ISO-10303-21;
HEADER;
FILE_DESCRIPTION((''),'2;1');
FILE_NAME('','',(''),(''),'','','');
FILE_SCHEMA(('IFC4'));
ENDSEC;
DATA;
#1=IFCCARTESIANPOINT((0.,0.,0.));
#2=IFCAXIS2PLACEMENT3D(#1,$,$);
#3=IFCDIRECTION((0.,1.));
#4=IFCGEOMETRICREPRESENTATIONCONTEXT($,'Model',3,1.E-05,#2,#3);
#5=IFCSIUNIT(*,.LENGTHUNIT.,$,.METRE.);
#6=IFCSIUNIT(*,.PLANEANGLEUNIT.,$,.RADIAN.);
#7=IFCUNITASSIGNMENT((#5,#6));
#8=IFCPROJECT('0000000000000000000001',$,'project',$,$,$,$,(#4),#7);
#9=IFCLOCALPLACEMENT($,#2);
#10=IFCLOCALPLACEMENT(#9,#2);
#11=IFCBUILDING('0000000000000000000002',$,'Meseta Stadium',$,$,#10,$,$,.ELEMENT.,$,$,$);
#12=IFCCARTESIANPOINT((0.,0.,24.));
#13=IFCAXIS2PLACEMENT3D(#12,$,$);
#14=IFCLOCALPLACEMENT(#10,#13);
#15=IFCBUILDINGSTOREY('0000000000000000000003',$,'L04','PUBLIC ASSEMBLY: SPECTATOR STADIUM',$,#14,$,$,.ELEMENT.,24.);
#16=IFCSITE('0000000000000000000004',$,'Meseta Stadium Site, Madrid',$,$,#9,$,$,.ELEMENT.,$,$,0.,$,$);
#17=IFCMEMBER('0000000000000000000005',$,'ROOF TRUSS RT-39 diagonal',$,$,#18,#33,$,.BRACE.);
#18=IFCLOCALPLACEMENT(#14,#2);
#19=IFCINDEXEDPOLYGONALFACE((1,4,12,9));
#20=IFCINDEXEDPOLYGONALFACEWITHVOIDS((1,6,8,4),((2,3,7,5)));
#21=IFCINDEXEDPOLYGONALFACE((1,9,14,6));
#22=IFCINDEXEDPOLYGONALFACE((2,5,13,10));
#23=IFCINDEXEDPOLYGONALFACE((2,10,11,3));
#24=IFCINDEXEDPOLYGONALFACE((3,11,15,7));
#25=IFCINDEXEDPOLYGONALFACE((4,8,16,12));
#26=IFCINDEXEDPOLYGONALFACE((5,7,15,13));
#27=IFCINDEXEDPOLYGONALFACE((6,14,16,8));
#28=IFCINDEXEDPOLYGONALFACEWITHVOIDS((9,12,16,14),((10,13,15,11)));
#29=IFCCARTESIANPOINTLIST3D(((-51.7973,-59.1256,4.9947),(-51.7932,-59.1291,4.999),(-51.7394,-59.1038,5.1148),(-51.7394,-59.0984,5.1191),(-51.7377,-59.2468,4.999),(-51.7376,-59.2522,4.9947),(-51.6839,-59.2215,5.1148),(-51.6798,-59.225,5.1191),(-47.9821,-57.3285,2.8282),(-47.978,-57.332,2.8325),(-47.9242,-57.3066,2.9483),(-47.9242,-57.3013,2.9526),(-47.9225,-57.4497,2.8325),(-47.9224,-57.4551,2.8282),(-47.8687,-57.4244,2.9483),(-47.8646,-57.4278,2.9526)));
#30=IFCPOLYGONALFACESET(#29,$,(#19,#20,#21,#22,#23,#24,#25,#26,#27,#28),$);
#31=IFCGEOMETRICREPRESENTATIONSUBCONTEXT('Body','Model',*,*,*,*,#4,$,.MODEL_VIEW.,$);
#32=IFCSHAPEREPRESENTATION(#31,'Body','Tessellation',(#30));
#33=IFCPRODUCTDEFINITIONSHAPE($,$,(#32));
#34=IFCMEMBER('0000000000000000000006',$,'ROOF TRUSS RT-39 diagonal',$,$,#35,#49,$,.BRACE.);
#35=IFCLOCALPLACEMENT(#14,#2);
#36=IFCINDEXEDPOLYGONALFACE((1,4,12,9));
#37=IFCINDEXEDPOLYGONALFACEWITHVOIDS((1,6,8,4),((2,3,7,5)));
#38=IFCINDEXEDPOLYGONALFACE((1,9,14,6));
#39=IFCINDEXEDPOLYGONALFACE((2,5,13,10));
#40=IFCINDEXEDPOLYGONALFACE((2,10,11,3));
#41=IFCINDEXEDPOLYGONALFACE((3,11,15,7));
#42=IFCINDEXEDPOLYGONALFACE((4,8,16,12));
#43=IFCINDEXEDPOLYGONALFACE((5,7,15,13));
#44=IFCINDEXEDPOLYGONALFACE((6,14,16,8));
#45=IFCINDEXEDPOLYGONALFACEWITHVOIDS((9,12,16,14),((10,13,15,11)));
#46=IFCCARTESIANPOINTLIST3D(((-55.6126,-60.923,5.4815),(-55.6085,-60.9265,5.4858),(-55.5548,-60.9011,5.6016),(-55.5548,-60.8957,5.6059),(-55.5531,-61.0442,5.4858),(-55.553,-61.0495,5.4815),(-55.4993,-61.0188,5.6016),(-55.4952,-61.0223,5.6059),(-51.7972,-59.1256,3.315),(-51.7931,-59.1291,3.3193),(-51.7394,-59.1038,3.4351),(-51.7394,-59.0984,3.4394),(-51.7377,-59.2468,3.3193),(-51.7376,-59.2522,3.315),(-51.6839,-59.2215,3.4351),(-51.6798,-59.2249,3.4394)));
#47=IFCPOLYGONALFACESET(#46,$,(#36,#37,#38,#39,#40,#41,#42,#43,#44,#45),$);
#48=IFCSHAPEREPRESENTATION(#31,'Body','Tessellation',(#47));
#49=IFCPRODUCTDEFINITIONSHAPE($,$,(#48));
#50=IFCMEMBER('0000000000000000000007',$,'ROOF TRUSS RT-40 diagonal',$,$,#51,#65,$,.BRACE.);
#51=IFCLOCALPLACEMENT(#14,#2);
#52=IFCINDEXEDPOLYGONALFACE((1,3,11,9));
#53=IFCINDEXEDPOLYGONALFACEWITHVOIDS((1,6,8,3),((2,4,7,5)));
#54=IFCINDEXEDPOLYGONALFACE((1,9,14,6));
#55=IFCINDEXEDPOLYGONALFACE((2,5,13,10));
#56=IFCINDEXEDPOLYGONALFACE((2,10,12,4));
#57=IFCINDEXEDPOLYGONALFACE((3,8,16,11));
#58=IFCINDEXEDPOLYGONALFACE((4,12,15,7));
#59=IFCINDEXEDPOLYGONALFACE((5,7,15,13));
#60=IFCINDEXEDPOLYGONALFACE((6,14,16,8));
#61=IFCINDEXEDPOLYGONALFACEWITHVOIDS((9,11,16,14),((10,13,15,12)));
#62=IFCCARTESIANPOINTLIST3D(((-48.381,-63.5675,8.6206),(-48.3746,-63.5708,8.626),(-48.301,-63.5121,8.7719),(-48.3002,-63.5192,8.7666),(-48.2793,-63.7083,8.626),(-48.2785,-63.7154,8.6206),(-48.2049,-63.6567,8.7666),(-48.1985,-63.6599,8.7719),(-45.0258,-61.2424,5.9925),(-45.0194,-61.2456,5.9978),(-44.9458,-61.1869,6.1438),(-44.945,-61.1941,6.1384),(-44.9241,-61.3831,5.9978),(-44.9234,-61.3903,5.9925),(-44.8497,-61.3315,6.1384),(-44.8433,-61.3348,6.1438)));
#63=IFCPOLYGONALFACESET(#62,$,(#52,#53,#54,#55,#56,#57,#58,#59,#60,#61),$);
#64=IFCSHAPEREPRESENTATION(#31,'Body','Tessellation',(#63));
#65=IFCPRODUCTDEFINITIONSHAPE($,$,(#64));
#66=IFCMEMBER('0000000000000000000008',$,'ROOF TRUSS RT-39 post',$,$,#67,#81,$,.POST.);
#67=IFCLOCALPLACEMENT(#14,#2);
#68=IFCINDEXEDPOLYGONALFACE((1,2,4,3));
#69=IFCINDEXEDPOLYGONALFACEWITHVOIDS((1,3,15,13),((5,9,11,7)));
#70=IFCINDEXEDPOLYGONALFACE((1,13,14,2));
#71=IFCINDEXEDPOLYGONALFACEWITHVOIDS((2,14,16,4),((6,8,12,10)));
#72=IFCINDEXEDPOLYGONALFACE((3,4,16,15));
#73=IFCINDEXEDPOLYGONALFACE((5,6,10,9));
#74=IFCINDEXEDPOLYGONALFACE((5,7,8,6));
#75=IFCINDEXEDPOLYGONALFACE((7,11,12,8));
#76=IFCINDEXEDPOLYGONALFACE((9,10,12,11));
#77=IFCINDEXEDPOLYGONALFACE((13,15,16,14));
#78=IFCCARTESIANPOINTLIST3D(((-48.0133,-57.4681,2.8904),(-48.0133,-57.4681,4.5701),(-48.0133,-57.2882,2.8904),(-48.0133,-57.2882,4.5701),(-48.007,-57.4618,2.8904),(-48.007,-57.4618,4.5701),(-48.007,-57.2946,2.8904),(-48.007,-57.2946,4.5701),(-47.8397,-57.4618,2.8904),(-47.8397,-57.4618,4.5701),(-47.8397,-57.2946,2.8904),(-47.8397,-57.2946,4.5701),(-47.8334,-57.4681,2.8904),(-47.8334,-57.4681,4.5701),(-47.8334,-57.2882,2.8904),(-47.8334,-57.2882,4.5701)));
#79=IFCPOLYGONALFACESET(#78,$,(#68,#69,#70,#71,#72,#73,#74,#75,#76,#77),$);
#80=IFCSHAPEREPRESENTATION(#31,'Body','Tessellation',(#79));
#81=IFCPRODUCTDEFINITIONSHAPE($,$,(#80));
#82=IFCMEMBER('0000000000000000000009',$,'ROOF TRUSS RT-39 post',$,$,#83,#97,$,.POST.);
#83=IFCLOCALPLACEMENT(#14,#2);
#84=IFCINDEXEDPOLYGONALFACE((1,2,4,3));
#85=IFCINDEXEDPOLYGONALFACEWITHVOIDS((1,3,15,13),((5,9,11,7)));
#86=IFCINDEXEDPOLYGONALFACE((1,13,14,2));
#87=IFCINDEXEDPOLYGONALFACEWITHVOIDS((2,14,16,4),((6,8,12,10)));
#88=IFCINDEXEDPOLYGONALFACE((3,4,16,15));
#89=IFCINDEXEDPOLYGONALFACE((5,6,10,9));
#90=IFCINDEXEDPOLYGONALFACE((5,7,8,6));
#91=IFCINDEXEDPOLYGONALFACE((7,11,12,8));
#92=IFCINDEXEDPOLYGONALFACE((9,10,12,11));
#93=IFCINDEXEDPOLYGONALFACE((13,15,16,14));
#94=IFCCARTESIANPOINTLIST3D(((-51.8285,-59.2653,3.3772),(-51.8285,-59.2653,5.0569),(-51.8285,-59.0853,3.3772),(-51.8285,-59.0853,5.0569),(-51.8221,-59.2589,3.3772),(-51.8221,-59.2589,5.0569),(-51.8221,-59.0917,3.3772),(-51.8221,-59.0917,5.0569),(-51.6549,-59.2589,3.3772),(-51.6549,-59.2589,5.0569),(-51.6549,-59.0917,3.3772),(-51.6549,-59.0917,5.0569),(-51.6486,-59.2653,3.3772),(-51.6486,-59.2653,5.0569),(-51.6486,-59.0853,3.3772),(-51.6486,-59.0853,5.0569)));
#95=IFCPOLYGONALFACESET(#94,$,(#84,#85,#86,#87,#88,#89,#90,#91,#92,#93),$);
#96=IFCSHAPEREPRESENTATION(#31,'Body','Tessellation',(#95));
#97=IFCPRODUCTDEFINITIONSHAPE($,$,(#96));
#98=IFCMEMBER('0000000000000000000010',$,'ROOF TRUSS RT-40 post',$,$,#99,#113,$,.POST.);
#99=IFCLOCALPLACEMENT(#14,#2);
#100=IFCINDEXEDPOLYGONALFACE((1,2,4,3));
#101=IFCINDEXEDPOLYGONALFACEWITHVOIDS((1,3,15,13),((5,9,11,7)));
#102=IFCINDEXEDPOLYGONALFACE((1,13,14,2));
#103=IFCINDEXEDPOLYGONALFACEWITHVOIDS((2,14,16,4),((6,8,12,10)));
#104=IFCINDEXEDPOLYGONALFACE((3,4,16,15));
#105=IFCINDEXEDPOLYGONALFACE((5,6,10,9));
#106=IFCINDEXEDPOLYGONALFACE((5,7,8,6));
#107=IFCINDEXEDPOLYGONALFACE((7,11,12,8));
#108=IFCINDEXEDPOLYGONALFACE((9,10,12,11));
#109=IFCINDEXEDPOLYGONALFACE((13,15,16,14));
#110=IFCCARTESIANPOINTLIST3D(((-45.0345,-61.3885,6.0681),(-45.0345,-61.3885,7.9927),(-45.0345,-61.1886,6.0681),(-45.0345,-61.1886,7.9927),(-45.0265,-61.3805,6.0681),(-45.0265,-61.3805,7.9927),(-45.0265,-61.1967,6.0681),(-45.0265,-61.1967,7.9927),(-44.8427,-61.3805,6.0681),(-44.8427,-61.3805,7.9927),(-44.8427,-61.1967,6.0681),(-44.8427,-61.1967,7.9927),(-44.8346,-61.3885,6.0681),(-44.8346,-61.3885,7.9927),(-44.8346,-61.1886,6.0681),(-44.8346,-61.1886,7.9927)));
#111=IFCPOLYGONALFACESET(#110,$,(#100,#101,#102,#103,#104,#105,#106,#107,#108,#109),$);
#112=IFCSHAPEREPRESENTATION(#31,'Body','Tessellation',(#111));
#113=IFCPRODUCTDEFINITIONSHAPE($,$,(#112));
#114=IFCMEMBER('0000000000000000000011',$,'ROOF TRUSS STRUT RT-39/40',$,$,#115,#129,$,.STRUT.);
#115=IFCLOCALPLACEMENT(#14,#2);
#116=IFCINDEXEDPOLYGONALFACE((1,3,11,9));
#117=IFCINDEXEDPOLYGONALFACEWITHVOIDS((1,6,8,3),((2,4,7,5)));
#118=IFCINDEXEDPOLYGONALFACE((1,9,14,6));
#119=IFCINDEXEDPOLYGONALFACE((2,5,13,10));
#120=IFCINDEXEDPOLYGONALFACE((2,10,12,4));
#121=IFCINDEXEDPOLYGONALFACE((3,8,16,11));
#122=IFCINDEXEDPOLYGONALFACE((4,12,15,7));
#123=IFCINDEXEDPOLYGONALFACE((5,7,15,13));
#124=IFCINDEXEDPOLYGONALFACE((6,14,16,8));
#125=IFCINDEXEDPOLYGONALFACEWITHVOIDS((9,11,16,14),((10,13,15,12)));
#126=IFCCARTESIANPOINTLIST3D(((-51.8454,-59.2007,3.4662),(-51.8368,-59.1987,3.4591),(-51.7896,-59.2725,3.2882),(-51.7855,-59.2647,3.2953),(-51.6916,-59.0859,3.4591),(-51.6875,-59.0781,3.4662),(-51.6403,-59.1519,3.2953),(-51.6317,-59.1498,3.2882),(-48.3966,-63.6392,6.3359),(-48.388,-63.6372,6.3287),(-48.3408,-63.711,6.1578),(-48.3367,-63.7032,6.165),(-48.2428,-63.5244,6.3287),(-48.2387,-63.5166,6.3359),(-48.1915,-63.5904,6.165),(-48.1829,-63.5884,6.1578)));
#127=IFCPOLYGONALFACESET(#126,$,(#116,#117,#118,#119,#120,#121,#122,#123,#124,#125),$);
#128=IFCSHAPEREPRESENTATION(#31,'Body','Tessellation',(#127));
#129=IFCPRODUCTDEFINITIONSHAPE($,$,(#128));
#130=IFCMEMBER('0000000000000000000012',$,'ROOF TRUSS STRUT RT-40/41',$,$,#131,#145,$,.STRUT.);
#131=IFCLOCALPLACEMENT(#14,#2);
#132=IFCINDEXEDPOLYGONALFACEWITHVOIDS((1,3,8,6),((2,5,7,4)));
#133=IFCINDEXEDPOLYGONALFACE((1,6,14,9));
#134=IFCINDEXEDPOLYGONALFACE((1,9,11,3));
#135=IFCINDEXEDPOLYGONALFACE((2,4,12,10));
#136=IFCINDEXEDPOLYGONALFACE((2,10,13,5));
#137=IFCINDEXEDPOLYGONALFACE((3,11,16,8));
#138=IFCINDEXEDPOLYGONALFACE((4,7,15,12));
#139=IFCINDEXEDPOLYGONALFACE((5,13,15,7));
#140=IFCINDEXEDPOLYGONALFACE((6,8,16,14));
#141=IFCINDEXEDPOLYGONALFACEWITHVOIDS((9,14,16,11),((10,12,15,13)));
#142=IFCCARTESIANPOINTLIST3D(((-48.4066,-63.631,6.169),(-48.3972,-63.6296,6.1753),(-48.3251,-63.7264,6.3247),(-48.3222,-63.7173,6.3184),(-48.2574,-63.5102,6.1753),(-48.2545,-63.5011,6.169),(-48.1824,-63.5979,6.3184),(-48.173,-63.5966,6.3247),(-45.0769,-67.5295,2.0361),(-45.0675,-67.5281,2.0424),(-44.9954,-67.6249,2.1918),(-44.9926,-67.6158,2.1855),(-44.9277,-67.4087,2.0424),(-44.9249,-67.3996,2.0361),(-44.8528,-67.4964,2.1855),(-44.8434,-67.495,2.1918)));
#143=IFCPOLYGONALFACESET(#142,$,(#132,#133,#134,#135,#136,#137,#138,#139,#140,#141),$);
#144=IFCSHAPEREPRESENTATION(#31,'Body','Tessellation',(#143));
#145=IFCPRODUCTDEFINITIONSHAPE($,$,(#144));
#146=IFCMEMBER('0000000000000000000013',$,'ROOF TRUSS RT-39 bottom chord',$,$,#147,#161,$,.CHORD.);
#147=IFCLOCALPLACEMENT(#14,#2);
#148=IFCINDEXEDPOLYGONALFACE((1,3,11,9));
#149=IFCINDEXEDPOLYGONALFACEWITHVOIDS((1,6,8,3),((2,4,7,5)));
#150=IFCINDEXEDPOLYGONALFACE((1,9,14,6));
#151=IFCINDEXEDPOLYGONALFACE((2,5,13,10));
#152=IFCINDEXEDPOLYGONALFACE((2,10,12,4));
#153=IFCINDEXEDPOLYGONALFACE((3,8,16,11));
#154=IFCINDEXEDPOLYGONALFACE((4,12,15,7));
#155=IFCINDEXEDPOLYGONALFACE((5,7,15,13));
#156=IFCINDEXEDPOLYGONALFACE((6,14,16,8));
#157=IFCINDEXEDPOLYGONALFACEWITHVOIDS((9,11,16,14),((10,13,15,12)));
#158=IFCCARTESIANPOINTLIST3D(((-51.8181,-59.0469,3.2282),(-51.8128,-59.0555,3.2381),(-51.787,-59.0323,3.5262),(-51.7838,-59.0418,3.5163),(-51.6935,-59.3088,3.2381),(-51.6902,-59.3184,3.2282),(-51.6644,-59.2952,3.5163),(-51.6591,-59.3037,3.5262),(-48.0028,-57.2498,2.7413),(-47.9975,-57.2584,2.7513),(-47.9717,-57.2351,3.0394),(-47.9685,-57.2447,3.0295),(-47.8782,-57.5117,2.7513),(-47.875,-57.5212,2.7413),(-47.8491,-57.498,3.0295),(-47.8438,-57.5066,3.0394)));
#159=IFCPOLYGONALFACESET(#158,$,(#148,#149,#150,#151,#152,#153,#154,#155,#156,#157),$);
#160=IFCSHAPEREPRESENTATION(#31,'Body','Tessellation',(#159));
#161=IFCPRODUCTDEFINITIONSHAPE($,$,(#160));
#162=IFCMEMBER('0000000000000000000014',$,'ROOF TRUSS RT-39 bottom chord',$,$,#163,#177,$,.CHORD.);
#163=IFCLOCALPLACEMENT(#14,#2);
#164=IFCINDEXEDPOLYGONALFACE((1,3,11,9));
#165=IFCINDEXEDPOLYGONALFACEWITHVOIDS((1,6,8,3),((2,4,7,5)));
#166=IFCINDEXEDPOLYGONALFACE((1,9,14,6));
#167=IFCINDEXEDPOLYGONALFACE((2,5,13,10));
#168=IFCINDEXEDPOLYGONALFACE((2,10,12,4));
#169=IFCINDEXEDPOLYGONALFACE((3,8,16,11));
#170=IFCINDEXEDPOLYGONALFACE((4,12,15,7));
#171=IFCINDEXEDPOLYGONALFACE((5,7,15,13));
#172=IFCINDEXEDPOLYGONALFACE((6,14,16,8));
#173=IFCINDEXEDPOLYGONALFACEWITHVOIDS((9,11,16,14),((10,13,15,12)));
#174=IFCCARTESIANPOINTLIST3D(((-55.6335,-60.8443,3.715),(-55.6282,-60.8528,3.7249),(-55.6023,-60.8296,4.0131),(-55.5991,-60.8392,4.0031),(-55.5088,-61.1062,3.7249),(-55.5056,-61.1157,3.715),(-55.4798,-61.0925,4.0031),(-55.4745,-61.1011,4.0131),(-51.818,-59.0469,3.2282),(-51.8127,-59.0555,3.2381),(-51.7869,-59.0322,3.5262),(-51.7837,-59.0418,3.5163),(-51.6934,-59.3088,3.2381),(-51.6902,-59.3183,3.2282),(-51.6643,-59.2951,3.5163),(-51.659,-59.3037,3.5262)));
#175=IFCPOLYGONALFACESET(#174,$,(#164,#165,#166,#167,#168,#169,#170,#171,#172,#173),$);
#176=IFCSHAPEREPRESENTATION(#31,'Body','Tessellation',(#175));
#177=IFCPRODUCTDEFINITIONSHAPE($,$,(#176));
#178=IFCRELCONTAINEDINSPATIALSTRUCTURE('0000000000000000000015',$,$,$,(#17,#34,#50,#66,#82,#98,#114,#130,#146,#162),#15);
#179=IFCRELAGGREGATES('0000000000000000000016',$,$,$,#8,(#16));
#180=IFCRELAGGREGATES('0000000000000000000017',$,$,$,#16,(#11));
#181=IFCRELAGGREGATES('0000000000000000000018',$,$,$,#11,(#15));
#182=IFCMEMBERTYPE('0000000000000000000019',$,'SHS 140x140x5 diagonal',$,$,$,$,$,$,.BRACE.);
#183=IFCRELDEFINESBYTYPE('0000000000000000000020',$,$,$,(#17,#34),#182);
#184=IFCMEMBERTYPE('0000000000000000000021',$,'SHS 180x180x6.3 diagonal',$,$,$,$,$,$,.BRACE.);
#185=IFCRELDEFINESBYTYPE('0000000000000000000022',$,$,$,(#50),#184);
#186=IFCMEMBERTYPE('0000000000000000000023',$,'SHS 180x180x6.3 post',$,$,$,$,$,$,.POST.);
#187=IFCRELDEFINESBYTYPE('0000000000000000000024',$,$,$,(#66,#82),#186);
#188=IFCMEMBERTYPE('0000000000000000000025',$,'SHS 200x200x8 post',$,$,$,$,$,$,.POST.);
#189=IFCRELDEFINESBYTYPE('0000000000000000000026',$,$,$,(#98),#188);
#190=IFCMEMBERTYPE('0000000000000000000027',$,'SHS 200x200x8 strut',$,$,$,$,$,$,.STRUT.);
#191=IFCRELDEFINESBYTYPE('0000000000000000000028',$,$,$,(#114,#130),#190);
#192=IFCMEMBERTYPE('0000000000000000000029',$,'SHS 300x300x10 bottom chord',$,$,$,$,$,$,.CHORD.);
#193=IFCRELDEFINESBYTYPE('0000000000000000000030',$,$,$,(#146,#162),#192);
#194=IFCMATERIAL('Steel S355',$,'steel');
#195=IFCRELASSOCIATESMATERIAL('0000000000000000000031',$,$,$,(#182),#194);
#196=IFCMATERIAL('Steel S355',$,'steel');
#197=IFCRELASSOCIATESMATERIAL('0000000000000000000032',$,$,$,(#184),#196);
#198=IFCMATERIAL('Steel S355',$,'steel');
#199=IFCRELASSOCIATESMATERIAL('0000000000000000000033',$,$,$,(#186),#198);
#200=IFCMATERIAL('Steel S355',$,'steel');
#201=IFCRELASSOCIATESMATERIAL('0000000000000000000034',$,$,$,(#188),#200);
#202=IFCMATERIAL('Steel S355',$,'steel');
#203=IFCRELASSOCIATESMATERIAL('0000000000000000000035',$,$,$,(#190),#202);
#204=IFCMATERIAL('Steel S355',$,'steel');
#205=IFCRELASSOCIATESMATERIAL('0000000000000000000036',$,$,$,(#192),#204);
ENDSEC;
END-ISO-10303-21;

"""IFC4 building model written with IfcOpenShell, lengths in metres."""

from ifc_helpers import new_model, si_unit, direction, frame, origin, origin_2d, place, context, subcontext, project, spatial, hollow_rectangle, extrude, material, material_profile, profile_set, type_object, element, save


model = new_model("IFC4")

# Units and contexts
model_context = context("Model", 3, precision=1e-05, world=origin(), true_north=direction((0.0, 1.0)))
body_context = subcontext(model_context, "Body", "Model", "MODEL_VIEW")
ifc_project = project(units=[si_unit("LENGTHUNIT", "METRE"), si_unit("PLANEANGLEUNIT", "RADIAN")], contexts=[model_context])

# Site, building, storey
site_placement = place(None, origin())
site = spatial("IfcSite", under=ifc_project, at=site_placement, Name="Meseta Stadium Site, Madrid", CompositionType="ELEMENT", RefElevation=0.0)
building_placement = place(site_placement, origin())
building = spatial("IfcBuilding", under=site, at=building_placement, Name="Meseta Stadium", CompositionType="ELEMENT")
storey_placement = place(building_placement, frame((0.0, 0.0, 24.0)))
storey = spatial("IfcBuildingStorey", under=building, at=storey_placement, Name="L04", Description="PUBLIC ASSEMBLY: SPECTATOR STADIUM", CompositionType="ELEMENT", Elevation=24.0)

# Members
ifc_material_1 = material(Name="Steel S355", Category="steel")
ifc_material_profile_1 = material_profile(ifc_material_1, hollow_rectangle(XDim=0.1399, YDim=0.1399, WallThickness=0.0049, at=origin_2d()), Name="SHS 140x140x5")
ifc_profile_set_1 = profile_set([ifc_material_profile_1], Name="Steel S355")
member_type_1 = type_object("IfcMemberType", Name="SHS 140x140x5 diagonal", PredefinedType="BRACE", material=ifc_profile_set_1)
member_1_placement = place(storey_placement, frame((-47.9233, -57.3782, 2.8904), z_axis=(-0.804687, -0.379043, 0.456952), x_axis=(0.426134, -0.90466, 0.0)))
element("IfcMember", 1, at=member_1_placement, inside=storey, type_object=member_type_1, Name="ROOF TRUSS RT-39 diagonal", PredefinedType="BRACE", context=body_context, shape_type="SweptSolid", body=[
    extrude(hollow_rectangle(XDim=0.1399, YDim=0.1399, WallThickness=0.0049, at=origin_2d()), origin(), (0.0, 0.0, 1.0), 4.7412),
])
member_2_placement = place(storey_placement, frame((-51.7385, -59.1753, 3.3772), z_axis=(-0.804689, -0.379071, 0.456924), x_axis=(0.426159, -0.904648, 0.0)))
element("IfcMember", 2, at=member_2_placement, inside=storey, type_object=member_type_1, Name="ROOF TRUSS RT-39 diagonal", PredefinedType="BRACE", context=body_context, shape_type="SweptSolid", body=[
    extrude(hollow_rectangle(XDim=0.1399, YDim=0.1399, WallThickness=0.0049, at=origin_2d()), origin(), (0.0, 0.0, 1.0), 4.7415),
])
ifc_material_2 = material(Name="Steel S355", Category="steel")
ifc_material_profile_2 = material_profile(ifc_material_2, hollow_rectangle(XDim=0.1799, YDim=0.1799, WallThickness=0.0063, at=origin_2d()), Name="SHS 180x180x6.3")
ifc_profile_set_2 = profile_set([ifc_material_profile_2], Name="Steel S355")
member_type_2 = type_object("IfcMemberType", Name="SHS 180x180x6.3 diagonal", PredefinedType="BRACE", material=ifc_profile_set_2)
member_3_placement = place(storey_placement, frame((-44.9346, -61.2886, 6.0681), z_axis=(-0.691081, -0.478925, 0.54133), x_axis=(0.569599, -0.821923, 0.0)))
element("IfcMember", 3, at=member_3_placement, inside=storey, type_object=member_type_2, Name="ROOF TRUSS RT-40 diagonal", PredefinedType="BRACE", context=body_context, shape_type="SweptSolid", body=[
    extrude(hollow_rectangle(XDim=0.1799, YDim=0.1799, WallThickness=0.0063, at=origin_2d()), origin(), (0.0, 0.0, 1.0), 4.855),
])
ifc_material_3 = material(Name="Steel S355", Category="steel")
ifc_material_profile_3 = material_profile(ifc_material_3, hollow_rectangle(XDim=0.1799, YDim=0.1799, WallThickness=0.0063, at=origin_2d()), Name="SHS 180x180x6.3")
ifc_profile_set_3 = profile_set([ifc_material_profile_3], Name="Steel S355")
member_type_3 = type_object("IfcMemberType", Name="SHS 180x180x6.3 post", PredefinedType="POST", material=ifc_profile_set_3)
for number, where, z_axis, x_axis, name in (
    (4, (-47.9233, -57.3782, 2.8904), (0.0, 0.0, 1.0), (1.0, 0.0, 0.0), "ROOF TRUSS RT-39 post"),
    (5, (-51.7385, -59.1753, 3.3772), (0.0, 0.0, 1.0), (1.0, 0.0, 0.0), "ROOF TRUSS RT-39 post"),
):
    element("IfcMember", number, at=place(storey_placement, frame(where, z_axis=z_axis, x_axis=x_axis)), inside=storey, type_object=member_type_3, Name=name, PredefinedType="POST", context=body_context, shape_type="SweptSolid", body=[
        extrude(hollow_rectangle(XDim=0.1799, YDim=0.1799, WallThickness=0.0063, at=origin_2d()), origin(), (0.0, 0.0, 1.0), 1.6797),
    ])
ifc_material_4 = material(Name="Steel S355", Category="steel")
ifc_material_profile_4 = material_profile(ifc_material_4, hollow_rectangle(XDim=0.2, YDim=0.2, WallThickness=0.0081, at=origin_2d()), Name="SHS 200x200x8")
ifc_profile_set_4 = profile_set([ifc_material_profile_4], Name="Steel S355")
member_type_4 = type_object("IfcMemberType", Name="SHS 200x200x8 post", PredefinedType="POST", material=ifc_profile_set_4)
member_4_placement = place(storey_placement, frame((-44.9346, -61.2886, 6.0681), z_axis=(0.0, 0.0, 1.0), x_axis=(1.0, 0.0, 0.0)))
element("IfcMember", 6, at=member_4_placement, inside=storey, type_object=member_type_4, Name="ROOF TRUSS RT-40 post", PredefinedType="POST", context=body_context, shape_type="SweptSolid", body=[
    extrude(hollow_rectangle(XDim=0.2, YDim=0.2, WallThickness=0.0081, at=origin_2d()), origin(), (0.0, 0.0, 1.0), 1.9246),
])
ifc_material_5 = material(Name="Steel S355", Category="steel")
ifc_material_profile_5 = material_profile(ifc_material_5, hollow_rectangle(XDim=0.2, YDim=0.2, WallThickness=0.0081, at=origin_2d()), Name="SHS 200x200x8")
ifc_profile_set_5 = profile_set([ifc_material_profile_5], Name="Steel S355")
member_type_5 = type_object("IfcMemberType", Name="SHS 200x200x8 strut", PredefinedType="STRUT", material=ifc_profile_set_5)
member_5_placement = place(storey_placement, frame((-51.7385, -59.1753, 3.3772), z_axis=(0.546464, -0.703293, 0.454703), x_axis=(0.789647, 0.613562, 0.0)))
element("IfcMember", 7, at=member_5_placement, inside=storey, type_object=member_type_5, Name="ROOF TRUSS STRUT RT-39/40", PredefinedType="STRUT", context=body_context, shape_type="SweptSolid", body=[
    extrude(hollow_rectangle(XDim=0.2, YDim=0.2, WallThickness=0.0081, at=origin_2d()), origin(), (0.0, 0.0, 1.0), 6.311),
])
member_6_placement = place(storey_placement, frame((-48.2898, -63.6138, 6.2468), z_axis=(0.505621, -0.592005, -0.627596), x_axis=(0.760405, 0.649449, 0.0)))
element("IfcMember", 8, at=member_6_placement, inside=storey, type_object=member_type_5, Name="ROOF TRUSS STRUT RT-40/41", PredefinedType="STRUT", context=body_context, shape_type="SweptSolid", body=[
    extrude(hollow_rectangle(XDim=0.2, YDim=0.2, WallThickness=0.0081, at=origin_2d()), origin(), (0.0, 0.0, 1.0), 6.5852),
])
ifc_material_6 = material(Name="Steel S355", Category="steel")
ifc_material_profile_6 = material_profile(ifc_material_6, hollow_rectangle(XDim=0.3, YDim=0.3, WallThickness=0.01, at=origin_2d()), Name="SHS 300x300x10")
ifc_profile_set_6 = profile_set([ifc_material_profile_6], Name="Steel S355")
member_type_6 = type_object("IfcMemberType", Name="SHS 300x300x10 bottom chord", PredefinedType="CHORD", material=ifc_profile_set_6)
member_7_placement = place(storey_placement, frame((-47.9233, -57.3782, 2.8904), z_axis=(-0.898692, -0.423323, 0.114673), x_axis=(0.426134, -0.90466, 0.0)))
element("IfcMember", 9, at=member_7_placement, inside=storey, type_object=member_type_6, Name="ROOF TRUSS RT-39 bottom chord", PredefinedType="CHORD", context=body_context, shape_type="SweptSolid", body=[
    extrude(hollow_rectangle(XDim=0.3, YDim=0.3, WallThickness=0.01, at=origin_2d()), origin(), (0.0, 0.0, 1.0), 4.2454),
])
member_8_placement = place(storey_placement, frame((-51.7385, -59.1753, 3.3772), z_axis=(-0.898681, -0.423349, 0.114664), x_axis=(0.426159, -0.904648, 0.0)))
element("IfcMember", 10, at=member_8_placement, inside=storey, type_object=member_type_6, Name="ROOF TRUSS RT-39 bottom chord", PredefinedType="CHORD", context=body_context, shape_type="SweptSolid", body=[
    extrude(hollow_rectangle(XDim=0.3, YDim=0.3, WallThickness=0.01, at=origin_2d()), origin(), (0.0, 0.0, 1.0), 4.2456),
])

save(model, "model.ifc")
